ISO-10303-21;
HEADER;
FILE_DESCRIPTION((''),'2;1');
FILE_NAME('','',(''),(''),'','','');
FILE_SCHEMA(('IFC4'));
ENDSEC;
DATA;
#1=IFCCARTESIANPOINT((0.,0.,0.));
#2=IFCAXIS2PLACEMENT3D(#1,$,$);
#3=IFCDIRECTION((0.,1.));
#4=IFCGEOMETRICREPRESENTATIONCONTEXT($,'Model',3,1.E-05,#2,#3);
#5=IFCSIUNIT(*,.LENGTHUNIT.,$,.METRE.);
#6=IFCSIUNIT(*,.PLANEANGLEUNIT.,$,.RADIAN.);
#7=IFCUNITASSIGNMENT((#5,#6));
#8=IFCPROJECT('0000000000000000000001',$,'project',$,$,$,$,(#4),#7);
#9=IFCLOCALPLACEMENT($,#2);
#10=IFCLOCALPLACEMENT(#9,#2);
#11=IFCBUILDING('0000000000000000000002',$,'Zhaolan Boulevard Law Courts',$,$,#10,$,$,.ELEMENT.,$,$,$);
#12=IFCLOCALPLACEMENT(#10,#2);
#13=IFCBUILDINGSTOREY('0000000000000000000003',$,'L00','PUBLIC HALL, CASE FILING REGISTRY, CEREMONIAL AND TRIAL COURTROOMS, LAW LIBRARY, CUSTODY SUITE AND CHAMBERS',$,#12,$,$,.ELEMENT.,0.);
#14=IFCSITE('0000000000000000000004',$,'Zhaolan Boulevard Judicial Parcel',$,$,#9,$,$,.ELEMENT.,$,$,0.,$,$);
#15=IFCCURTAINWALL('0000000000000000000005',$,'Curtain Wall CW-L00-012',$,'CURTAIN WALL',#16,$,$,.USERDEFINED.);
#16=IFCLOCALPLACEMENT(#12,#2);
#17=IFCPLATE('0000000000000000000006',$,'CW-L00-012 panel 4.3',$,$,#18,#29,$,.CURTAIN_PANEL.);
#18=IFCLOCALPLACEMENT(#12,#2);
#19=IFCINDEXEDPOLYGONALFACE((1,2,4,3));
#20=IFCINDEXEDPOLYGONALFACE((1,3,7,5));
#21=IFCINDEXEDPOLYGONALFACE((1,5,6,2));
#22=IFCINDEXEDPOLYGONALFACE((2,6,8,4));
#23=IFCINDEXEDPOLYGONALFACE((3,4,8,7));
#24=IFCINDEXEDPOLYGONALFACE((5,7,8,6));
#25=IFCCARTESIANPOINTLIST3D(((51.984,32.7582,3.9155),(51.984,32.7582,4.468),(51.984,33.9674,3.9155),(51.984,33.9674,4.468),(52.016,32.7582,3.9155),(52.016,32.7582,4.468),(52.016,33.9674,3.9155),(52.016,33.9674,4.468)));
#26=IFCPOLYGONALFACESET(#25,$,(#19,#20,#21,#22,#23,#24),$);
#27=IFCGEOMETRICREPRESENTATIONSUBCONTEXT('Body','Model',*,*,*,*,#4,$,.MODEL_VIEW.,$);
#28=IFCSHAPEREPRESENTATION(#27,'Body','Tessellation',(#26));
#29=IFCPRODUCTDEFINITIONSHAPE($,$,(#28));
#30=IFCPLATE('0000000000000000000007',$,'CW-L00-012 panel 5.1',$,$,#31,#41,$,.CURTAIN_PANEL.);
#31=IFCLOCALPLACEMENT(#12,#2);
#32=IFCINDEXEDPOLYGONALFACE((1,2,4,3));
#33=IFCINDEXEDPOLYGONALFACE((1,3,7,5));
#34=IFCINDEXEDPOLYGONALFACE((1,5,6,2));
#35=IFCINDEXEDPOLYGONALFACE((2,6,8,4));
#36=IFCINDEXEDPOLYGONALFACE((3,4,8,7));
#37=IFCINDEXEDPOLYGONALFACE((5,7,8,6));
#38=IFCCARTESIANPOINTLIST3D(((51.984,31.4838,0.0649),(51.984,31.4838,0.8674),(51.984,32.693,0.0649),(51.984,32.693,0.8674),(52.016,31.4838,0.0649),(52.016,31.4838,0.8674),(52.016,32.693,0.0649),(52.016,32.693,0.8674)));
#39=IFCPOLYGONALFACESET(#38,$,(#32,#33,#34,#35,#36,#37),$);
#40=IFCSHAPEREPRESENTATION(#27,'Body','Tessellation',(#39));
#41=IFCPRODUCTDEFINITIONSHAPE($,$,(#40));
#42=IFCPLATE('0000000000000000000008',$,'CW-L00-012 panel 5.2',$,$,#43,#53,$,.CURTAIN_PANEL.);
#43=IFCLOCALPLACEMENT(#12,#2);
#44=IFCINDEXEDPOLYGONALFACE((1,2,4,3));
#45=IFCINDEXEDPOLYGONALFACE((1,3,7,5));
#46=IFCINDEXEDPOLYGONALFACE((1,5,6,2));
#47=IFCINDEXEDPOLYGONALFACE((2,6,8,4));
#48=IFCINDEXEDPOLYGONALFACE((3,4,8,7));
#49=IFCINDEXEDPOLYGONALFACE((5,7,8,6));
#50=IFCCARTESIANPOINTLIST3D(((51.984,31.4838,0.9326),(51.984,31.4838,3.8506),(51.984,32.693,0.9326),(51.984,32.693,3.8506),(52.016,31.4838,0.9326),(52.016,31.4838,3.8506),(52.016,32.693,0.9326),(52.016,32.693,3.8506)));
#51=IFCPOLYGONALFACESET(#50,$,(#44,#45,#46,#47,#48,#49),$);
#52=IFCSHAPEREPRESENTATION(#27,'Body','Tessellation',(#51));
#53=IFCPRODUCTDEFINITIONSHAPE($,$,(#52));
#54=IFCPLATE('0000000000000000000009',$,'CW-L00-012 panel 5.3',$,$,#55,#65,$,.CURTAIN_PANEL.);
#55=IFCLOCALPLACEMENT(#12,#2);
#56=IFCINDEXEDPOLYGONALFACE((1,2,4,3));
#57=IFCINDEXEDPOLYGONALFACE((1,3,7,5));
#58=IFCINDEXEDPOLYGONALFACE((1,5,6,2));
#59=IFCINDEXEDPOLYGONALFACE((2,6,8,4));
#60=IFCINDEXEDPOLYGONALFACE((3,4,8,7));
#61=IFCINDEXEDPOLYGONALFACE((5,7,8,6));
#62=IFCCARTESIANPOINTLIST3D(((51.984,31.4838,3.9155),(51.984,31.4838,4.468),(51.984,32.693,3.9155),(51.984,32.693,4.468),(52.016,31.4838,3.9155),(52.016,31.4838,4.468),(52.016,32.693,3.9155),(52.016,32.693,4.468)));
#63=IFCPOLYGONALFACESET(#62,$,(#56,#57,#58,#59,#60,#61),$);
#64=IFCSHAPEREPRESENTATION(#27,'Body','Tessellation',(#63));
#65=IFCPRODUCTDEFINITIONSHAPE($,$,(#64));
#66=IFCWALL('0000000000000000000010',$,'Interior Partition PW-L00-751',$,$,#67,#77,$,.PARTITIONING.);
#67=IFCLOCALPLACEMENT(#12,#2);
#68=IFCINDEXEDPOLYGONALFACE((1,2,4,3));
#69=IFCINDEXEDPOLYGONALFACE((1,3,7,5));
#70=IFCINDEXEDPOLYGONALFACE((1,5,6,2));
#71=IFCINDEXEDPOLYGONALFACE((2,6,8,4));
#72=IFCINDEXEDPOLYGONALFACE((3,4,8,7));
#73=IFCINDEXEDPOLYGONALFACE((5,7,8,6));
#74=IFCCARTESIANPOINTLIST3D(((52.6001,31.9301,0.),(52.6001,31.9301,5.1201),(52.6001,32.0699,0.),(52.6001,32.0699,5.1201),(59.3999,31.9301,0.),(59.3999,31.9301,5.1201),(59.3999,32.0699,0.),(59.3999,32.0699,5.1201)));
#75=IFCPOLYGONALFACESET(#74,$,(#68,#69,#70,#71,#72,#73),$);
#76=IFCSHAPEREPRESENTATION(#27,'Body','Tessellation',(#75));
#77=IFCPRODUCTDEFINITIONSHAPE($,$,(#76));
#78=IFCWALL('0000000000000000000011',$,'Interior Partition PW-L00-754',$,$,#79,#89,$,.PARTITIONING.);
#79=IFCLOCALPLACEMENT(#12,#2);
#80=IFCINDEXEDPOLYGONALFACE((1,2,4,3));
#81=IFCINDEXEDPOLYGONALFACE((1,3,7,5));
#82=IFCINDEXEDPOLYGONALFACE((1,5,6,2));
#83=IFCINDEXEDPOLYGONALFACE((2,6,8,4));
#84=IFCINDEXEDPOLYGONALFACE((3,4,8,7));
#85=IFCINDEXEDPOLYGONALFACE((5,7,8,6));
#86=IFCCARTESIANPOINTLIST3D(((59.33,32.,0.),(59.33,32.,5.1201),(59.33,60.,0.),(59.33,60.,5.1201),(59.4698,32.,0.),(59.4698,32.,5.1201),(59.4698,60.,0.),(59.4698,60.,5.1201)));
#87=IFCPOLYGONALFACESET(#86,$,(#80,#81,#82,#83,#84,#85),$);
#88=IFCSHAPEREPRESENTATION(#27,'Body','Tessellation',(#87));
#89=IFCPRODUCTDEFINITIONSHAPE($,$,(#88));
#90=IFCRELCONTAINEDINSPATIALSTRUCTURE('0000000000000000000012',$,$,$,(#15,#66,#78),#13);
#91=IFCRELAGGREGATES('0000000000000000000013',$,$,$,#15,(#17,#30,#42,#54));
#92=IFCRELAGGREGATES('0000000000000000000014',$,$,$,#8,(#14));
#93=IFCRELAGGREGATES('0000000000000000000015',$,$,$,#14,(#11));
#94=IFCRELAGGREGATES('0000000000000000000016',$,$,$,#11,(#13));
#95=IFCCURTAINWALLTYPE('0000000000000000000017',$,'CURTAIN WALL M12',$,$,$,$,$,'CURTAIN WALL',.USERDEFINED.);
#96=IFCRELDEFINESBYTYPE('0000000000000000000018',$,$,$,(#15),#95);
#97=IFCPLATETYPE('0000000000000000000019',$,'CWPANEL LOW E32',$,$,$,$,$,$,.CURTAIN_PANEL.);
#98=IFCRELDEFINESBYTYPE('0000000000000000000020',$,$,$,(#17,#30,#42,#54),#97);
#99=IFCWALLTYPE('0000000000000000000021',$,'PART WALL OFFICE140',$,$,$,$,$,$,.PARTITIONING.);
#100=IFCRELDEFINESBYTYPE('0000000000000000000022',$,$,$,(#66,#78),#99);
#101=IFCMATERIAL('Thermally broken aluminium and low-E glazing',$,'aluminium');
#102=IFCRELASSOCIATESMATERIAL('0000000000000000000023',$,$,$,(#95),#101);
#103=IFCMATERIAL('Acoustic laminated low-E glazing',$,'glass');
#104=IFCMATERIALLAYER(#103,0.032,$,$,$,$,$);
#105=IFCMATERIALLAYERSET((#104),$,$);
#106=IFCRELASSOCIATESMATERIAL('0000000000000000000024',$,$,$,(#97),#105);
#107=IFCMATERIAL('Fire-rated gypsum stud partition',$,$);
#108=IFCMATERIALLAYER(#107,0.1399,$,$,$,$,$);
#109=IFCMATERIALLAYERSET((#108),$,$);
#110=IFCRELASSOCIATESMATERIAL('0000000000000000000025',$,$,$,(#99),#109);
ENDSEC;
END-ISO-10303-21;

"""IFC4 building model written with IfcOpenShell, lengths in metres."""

from ifc_helpers import new_model, si_unit, direction, frame, frame_2d, origin, origin_2d, place, context, subcontext, project, spatial, rectangle, extrude, material, layer, layer_set, type_object, element, aggregate, save


model = new_model("IFC4")

# Units and contexts
model_context = context("Model", 3, precision=1e-05, world=origin(), true_north=direction((0.0, 1.0)))
body_context = subcontext(model_context, "Body", "Model", "MODEL_VIEW")
ifc_project = project(units=[si_unit("LENGTHUNIT", "METRE"), si_unit("PLANEANGLEUNIT", "RADIAN")], contexts=[model_context])

# Site, building, storey
site_placement = place(None, origin())
site = spatial("IfcSite", under=ifc_project, at=site_placement, Name="Zhaolan Boulevard Judicial Parcel", CompositionType="ELEMENT", RefElevation=0.0)
building_placement = place(site_placement, origin())
building = spatial("IfcBuilding", under=site, at=building_placement, Name="Zhaolan Boulevard Law Courts", CompositionType="ELEMENT")
storey_placement = place(building_placement, origin())
storey = spatial("IfcBuildingStorey", under=building, at=storey_placement, Name="L00", Description="PUBLIC HALL, CASE FILING REGISTRY, CEREMONIAL AND TRIAL COURTROOMS, LAW LIBRARY, CUSTODY SUITE AND CHAMBERS", CompositionType="ELEMENT", Elevation=0.0)

# Curtain wall
ifc_material_1 = material(Name="Thermally broken aluminium and low-E glazing", Category="aluminium")
curtain_wall_type = type_object("IfcCurtainWallType", Name="CURTAIN WALL M12", ElementType="CURTAIN WALL", PredefinedType="USERDEFINED", material=ifc_material_1)
curtain_wall_placement = place(storey_placement, origin())
curtain_wall = element("IfcCurtainWall", 1, at=curtain_wall_placement, inside=storey, type_object=curtain_wall_type, Name="Curtain Wall CW-L00-012", ObjectType="CURTAIN WALL", PredefinedType="USERDEFINED")

# Plates
ifc_material_2 = material(Name="Acoustic laminated low-E glazing", Category="glass")
ifc_layer_1 = layer(ifc_material_2, 0.032)
ifc_layer_set_1 = layer_set([ifc_layer_1])
plate_type = type_object("IfcPlateType", Name="CWPANEL LOW E32", PredefinedType="CURTAIN_PANEL", material=ifc_layer_set_1)
plate_1_placement = place(storey_placement, frame((52.0, 33.3628, 3.9155), z_axis=(0.0, 0.0, 1.0), x_axis=(0.0, -1.0, 0.0)))
plate_1 = element("IfcPlate", 2, at=plate_1_placement, type_object=plate_type, Name="CW-L00-012 panel 4.3", PredefinedType="CURTAIN_PANEL", context=body_context, shape_type="SweptSolid", body=[
    extrude(rectangle(XDim=1.2092, YDim=0.032, at=origin_2d()), origin(), (0.0, 0.0, 1.0), 0.5525),
])
plate_2_placement = place(storey_placement, frame((52.0, 32.0884, 0.0649), z_axis=(0.0, 0.0, 1.0), x_axis=(0.0, -1.0, 0.0)))
plate_2 = element("IfcPlate", 3, at=plate_2_placement, type_object=plate_type, Name="CW-L00-012 panel 5.1", PredefinedType="CURTAIN_PANEL", context=body_context, shape_type="SweptSolid", body=[
    extrude(rectangle(XDim=1.2092, YDim=0.032, at=origin_2d()), origin(), (0.0, 0.0, 1.0), 0.8025),
])
plate_3_placement = place(storey_placement, frame((52.0, 32.0884, 0.9326), z_axis=(0.0, 0.0, 1.0), x_axis=(0.0, -1.0, 0.0)))
plate_3 = element("IfcPlate", 4, at=plate_3_placement, type_object=plate_type, Name="CW-L00-012 panel 5.2", PredefinedType="CURTAIN_PANEL", context=body_context, shape_type="SweptSolid", body=[
    extrude(rectangle(XDim=1.2092, YDim=0.032, at=origin_2d()), origin(), (0.0, 0.0, 1.0), 2.918),
])
plate_4_placement = place(storey_placement, frame((52.0, 32.0884, 3.9155), z_axis=(0.0, 0.0, 1.0), x_axis=(0.0, -1.0, 0.0)))
plate_4 = element("IfcPlate", 5, at=plate_4_placement, type_object=plate_type, Name="CW-L00-012 panel 5.3", PredefinedType="CURTAIN_PANEL", context=body_context, shape_type="SweptSolid", body=[
    extrude(rectangle(XDim=1.2092, YDim=0.032, at=origin_2d()), origin(), (0.0, 0.0, 1.0), 0.5525),
])
aggregate(curtain_wall, [plate_1, plate_2, plate_3, plate_4])

# Walls
ifc_material_3 = material(Name="Fire-rated gypsum stud partition")
ifc_layer_2 = layer(ifc_material_3, 0.1399)
ifc_layer_set_2 = layer_set([ifc_layer_2])
wall_type = type_object("IfcWallType", Name="PART WALL OFFICE140", PredefinedType="PARTITIONING", material=ifc_layer_set_2)
wall_1_placement = place(storey_placement, frame((52.6001, 32.0, 0.0), z_axis=(0.0, 0.0, 1.0), x_axis=(1.0, 0.0, 0.0)))
element("IfcWall", 6, at=wall_1_placement, inside=storey, type_object=wall_type, Name="Interior Partition PW-L00-751", PredefinedType="PARTITIONING", context=body_context, shape_type="SweptSolid", body=[
    extrude(rectangle(XDim=6.7998, YDim=0.1399, at=frame_2d((3.3999, 0.0))), origin(), (0.0, 0.0, 1.0), 5.1201),
])
wall_2_placement = place(storey_placement, frame((59.3999, 32.0, 0.0), z_axis=(0.0, 0.0, 1.0), x_axis=(0.0, 1.0, 0.0)))
element("IfcWall", 7, at=wall_2_placement, inside=storey, type_object=wall_type, Name="Interior Partition PW-L00-754", PredefinedType="PARTITIONING", context=body_context, shape_type="SweptSolid", body=[
    extrude(rectangle(XDim=28.0, YDim=0.1399, at=frame_2d((14.0, 0.0))), origin(), (0.0, 0.0, 1.0), 5.1201),
])

save(model, "model.ifc")
